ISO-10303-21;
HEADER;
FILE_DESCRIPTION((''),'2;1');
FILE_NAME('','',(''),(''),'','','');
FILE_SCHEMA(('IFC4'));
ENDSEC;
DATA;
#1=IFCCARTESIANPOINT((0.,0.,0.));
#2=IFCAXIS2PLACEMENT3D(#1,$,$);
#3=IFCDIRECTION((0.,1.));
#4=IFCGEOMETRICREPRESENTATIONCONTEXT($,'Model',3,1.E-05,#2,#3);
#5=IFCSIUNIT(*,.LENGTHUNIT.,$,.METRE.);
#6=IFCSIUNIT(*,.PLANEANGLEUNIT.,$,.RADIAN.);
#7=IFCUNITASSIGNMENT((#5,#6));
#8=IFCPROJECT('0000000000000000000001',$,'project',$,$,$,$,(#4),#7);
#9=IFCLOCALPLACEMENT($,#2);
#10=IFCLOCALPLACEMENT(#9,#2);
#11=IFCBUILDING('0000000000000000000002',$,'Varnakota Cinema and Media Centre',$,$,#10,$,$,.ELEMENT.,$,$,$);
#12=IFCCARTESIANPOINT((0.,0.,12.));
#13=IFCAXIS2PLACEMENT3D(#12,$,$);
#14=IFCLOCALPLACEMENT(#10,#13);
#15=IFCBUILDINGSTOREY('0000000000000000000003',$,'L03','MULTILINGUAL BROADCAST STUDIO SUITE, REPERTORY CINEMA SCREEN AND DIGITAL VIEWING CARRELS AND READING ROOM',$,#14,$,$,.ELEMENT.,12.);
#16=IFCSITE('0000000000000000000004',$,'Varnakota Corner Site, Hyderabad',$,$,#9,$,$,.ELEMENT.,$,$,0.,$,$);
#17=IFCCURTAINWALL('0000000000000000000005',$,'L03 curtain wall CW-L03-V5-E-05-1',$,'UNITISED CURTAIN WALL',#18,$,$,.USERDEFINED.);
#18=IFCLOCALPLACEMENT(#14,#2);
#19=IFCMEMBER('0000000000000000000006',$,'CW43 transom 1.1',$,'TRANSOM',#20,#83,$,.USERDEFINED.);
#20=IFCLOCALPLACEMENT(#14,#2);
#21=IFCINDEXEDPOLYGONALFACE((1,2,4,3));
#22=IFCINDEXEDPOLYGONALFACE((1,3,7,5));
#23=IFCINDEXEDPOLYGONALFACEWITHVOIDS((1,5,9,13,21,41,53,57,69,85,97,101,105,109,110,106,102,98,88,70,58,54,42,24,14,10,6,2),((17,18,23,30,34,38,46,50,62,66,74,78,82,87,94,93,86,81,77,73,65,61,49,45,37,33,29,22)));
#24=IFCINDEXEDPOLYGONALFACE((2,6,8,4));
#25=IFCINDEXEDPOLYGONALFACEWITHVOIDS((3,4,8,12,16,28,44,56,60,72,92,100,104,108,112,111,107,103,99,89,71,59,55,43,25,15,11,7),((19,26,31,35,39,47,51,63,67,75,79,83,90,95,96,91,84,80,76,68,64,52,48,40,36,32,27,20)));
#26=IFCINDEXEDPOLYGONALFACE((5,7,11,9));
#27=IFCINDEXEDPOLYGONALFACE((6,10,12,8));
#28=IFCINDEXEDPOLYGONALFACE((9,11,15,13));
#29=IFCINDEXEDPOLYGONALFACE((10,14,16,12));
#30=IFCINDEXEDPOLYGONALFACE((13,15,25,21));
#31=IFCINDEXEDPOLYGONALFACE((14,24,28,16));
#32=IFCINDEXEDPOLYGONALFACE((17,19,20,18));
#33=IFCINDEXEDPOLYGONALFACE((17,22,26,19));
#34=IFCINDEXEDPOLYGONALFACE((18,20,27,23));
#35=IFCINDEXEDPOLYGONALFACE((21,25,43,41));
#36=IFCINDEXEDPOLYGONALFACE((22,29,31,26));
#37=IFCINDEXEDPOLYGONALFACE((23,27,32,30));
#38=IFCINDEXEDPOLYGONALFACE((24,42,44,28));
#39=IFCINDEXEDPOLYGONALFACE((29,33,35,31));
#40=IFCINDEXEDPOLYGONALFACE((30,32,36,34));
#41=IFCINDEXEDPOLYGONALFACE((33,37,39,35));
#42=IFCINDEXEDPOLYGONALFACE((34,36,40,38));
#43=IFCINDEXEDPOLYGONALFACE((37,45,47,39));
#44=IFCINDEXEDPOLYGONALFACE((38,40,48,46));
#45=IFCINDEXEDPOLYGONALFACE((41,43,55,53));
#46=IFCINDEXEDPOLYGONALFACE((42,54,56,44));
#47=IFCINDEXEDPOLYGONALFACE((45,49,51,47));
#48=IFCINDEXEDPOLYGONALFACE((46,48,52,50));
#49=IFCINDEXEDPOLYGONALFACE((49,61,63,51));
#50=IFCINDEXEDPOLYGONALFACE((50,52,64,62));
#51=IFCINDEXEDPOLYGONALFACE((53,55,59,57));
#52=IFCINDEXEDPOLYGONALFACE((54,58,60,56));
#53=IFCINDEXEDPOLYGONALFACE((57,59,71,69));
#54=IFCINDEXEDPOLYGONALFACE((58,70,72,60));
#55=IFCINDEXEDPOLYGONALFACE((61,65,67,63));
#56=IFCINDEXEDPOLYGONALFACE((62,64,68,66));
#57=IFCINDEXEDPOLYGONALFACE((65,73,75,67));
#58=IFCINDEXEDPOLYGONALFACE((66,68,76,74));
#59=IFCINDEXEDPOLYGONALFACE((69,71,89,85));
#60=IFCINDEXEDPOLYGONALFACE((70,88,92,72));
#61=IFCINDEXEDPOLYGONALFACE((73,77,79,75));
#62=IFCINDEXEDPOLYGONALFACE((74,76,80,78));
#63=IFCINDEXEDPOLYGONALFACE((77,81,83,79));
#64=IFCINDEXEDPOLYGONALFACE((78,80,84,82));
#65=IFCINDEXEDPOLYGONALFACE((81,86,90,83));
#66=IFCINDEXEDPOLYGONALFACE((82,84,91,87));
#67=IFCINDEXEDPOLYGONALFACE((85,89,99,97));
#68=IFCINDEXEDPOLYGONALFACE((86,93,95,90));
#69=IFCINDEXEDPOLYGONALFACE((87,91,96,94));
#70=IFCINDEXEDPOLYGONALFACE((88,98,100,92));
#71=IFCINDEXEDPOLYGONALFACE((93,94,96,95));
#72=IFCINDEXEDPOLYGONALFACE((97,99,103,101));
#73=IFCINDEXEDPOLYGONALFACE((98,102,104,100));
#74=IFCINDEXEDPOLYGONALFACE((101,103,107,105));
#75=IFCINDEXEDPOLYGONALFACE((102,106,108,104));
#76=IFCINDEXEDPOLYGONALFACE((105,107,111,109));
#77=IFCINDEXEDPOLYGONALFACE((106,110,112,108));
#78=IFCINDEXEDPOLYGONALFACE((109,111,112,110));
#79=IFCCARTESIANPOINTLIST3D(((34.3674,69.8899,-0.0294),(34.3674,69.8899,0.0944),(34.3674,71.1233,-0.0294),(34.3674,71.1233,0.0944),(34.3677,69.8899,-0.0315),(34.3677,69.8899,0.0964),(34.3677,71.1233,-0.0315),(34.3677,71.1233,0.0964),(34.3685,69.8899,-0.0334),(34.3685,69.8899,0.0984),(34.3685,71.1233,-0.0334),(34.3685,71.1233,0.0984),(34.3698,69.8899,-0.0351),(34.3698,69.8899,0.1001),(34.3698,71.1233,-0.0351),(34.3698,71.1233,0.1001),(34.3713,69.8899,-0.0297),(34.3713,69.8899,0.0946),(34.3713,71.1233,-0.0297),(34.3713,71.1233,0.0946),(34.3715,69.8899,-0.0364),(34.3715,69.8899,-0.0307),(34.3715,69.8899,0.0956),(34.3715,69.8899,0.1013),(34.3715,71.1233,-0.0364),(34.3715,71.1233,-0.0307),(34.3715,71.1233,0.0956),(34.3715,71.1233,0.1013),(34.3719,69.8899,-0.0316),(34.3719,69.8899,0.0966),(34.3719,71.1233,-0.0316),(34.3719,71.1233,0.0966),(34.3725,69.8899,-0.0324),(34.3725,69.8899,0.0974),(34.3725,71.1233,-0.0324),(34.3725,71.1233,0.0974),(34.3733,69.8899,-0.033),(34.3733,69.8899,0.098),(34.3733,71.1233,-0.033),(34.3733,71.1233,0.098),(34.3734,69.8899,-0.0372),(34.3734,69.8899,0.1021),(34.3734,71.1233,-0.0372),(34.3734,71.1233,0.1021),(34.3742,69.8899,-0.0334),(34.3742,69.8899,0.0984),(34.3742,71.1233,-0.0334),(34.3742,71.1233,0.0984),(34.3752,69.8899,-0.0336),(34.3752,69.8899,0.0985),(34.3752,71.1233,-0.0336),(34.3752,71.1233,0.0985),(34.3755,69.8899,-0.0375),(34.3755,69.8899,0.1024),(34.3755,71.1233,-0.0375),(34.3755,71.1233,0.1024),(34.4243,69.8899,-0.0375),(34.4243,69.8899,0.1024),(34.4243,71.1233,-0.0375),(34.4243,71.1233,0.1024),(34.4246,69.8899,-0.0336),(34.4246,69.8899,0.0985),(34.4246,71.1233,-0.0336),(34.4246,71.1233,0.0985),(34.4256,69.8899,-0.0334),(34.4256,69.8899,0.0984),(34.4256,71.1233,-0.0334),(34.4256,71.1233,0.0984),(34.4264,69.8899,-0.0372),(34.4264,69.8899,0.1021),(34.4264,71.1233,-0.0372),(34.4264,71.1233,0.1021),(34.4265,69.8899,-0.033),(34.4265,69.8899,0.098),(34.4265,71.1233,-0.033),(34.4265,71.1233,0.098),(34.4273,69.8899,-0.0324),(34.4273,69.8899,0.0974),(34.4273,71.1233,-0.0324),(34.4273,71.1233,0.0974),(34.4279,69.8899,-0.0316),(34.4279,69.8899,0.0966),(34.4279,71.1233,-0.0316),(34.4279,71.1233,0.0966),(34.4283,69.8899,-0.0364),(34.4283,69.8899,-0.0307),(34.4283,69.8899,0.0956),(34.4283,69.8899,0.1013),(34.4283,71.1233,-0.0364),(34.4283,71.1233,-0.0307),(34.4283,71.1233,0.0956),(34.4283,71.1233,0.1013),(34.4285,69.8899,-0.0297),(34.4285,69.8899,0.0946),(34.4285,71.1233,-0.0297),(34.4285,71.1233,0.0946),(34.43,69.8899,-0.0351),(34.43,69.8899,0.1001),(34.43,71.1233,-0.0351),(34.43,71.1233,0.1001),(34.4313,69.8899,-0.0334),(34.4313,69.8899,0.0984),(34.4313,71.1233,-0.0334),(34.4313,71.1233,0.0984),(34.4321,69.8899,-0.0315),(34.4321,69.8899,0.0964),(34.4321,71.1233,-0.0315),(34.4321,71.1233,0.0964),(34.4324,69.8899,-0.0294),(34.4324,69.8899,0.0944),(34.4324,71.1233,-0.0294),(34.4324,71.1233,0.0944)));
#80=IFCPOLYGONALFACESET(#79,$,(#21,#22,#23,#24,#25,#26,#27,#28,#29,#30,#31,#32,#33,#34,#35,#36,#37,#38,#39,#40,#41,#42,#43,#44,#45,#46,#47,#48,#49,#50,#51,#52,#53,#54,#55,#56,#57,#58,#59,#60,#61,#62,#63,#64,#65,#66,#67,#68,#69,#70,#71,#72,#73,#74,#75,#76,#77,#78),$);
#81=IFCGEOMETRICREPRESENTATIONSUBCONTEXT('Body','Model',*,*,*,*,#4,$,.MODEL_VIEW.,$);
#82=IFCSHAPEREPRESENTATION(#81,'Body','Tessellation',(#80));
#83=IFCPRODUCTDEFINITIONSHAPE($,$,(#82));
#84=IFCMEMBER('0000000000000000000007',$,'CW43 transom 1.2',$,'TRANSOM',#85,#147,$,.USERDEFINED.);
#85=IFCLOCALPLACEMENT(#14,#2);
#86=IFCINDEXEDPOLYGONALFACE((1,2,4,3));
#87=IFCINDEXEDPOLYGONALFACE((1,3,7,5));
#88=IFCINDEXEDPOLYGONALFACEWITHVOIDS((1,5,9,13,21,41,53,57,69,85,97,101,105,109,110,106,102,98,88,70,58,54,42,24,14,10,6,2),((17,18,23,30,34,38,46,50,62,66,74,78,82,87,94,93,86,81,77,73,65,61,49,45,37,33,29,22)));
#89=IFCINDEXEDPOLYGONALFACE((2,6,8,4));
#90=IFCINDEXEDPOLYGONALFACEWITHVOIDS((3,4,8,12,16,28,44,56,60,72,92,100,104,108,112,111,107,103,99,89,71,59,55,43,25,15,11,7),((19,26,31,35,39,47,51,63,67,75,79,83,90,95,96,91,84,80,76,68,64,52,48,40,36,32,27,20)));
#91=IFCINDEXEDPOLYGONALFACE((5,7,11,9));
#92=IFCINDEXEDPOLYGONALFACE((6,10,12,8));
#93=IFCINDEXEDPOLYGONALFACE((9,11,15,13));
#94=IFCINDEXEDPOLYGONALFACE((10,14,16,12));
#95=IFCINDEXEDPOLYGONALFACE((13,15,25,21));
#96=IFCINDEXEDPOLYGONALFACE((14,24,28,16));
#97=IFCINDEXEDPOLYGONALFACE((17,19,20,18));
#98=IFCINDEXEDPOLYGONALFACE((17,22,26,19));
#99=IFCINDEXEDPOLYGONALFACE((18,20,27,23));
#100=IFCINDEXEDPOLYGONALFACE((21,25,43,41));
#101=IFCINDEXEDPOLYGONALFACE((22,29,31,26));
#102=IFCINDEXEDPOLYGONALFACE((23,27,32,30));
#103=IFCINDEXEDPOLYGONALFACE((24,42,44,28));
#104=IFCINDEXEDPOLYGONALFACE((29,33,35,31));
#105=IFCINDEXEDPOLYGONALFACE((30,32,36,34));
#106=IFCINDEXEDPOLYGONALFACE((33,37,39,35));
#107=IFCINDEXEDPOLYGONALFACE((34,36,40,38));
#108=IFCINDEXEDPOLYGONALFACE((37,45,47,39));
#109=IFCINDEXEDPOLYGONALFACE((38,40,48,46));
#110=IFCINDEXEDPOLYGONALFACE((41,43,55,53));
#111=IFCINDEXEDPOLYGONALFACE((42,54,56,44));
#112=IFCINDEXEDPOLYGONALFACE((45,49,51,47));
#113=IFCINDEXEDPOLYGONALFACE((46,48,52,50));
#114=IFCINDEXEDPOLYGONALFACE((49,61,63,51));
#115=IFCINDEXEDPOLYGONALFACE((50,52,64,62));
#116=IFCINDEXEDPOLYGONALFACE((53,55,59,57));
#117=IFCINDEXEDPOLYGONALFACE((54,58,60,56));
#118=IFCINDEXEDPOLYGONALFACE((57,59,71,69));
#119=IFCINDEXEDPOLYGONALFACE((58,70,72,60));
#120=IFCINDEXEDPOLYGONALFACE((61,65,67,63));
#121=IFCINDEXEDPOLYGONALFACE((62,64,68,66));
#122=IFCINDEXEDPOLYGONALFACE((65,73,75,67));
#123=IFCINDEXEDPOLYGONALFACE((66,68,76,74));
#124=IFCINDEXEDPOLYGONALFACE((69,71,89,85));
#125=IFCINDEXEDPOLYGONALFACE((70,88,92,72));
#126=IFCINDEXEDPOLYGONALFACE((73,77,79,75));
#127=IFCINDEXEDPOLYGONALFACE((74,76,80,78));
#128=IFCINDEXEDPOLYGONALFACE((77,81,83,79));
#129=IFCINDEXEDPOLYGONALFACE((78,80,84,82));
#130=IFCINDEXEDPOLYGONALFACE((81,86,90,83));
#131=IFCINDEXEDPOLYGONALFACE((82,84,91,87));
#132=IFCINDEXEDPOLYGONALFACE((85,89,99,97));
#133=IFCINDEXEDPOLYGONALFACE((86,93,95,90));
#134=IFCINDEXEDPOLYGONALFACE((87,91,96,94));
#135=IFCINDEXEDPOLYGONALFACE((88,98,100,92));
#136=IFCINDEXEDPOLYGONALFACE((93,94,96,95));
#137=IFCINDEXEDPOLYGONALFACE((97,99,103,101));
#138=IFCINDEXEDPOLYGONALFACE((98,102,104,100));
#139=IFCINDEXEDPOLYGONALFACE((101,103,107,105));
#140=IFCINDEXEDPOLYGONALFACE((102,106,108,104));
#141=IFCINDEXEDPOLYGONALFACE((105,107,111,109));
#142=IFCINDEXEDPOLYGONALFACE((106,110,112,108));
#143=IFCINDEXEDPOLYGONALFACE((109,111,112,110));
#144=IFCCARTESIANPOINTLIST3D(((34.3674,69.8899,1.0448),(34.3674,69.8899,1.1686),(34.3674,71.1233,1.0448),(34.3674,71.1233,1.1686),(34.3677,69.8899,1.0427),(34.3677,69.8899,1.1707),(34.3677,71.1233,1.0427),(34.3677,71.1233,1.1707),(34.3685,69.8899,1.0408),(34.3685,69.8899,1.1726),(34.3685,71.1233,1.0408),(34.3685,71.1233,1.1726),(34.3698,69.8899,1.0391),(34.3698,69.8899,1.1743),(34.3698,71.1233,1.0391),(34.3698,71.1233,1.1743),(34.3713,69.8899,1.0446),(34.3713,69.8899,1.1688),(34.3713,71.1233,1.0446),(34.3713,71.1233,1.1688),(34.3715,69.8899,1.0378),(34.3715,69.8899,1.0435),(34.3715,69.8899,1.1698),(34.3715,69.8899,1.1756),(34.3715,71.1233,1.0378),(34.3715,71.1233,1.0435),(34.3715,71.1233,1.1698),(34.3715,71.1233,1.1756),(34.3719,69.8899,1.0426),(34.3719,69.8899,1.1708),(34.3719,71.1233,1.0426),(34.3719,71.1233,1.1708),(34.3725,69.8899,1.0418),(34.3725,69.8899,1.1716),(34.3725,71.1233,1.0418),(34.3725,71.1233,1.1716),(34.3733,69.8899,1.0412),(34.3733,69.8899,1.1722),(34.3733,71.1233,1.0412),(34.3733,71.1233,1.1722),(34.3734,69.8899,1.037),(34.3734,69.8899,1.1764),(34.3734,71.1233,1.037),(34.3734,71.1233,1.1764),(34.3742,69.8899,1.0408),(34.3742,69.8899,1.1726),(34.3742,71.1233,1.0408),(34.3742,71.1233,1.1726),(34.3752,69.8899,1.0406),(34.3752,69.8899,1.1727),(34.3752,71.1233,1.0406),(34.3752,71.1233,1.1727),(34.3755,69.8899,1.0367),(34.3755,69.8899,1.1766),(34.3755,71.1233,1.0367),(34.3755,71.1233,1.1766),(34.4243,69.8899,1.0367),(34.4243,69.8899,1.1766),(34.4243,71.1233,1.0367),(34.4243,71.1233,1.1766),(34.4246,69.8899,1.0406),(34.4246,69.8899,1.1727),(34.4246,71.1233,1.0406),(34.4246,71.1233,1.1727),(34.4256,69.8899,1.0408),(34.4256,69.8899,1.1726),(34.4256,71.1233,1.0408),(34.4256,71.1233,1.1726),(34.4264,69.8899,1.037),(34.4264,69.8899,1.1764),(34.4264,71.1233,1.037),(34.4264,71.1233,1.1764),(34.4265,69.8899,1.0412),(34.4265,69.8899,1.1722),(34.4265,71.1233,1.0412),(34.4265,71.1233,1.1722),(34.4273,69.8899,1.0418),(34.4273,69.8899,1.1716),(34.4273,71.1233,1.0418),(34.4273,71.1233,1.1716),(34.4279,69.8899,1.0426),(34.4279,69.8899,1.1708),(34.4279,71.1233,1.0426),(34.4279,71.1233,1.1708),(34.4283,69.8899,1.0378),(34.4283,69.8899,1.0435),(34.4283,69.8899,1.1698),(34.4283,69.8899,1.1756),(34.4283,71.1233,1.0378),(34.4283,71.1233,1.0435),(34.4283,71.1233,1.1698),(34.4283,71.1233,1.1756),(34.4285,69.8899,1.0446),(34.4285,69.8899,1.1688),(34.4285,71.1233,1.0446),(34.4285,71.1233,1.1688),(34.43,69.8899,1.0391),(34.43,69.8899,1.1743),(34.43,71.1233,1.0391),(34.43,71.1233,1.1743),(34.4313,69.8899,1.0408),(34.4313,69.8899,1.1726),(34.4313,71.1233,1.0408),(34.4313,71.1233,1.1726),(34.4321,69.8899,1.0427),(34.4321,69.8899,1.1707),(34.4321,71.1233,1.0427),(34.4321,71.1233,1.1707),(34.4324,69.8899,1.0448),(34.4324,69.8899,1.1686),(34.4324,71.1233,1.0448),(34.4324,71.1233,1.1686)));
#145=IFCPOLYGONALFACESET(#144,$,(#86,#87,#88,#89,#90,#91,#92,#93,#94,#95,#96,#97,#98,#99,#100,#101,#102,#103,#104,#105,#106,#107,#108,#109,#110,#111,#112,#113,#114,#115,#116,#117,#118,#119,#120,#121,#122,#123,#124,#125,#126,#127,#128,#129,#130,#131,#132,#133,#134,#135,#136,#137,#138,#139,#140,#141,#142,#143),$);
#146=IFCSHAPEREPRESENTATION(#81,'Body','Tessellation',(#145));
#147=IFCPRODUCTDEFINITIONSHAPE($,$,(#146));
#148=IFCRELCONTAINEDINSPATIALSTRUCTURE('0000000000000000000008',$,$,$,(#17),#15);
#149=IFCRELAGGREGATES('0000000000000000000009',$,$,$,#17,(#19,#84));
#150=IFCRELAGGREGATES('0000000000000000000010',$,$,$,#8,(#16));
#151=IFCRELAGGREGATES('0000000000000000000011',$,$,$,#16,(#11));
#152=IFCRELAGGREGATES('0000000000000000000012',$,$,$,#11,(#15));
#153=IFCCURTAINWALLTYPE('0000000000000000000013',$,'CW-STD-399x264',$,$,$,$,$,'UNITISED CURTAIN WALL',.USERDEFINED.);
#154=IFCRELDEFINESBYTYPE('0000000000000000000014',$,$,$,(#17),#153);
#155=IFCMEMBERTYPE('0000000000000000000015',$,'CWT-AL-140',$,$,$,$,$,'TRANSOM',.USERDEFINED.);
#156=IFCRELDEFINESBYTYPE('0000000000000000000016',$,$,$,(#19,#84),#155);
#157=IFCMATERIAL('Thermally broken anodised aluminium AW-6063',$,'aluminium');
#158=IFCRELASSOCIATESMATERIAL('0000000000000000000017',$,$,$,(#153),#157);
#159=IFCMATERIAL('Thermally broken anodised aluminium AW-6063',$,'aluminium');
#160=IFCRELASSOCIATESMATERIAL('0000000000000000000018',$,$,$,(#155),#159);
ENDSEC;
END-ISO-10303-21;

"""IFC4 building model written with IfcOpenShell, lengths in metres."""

from ifc_helpers import new_model, si_unit, direction, frame, origin, origin_2d, place, context, subcontext, project, spatial, hollow_rectangle, extrude, material, material_profile, profile_set, type_object, element, aggregate, save


model = new_model("IFC4")

# Units and contexts
model_context = context("Model", 3, precision=1e-05, world=origin(), true_north=direction((0.0, 1.0)))
body_context = subcontext(model_context, "Body", "Model", "MODEL_VIEW")
ifc_project = project(units=[si_unit("LENGTHUNIT", "METRE"), si_unit("PLANEANGLEUNIT", "RADIAN")], contexts=[model_context])

# Site, building, storey
site_placement = place(None, origin())
site = spatial("IfcSite", under=ifc_project, at=site_placement, Name="Varnakota Corner Site, Hyderabad", CompositionType="ELEMENT", RefElevation=0.0)
building_placement = place(site_placement, origin())
building = spatial("IfcBuilding", under=site, at=building_placement, Name="Varnakota Cinema and Media Centre", CompositionType="ELEMENT")
storey_placement = place(building_placement, frame((0.0, 0.0, 12.0)))
storey = spatial("IfcBuildingStorey", under=building, at=storey_placement, Name="L03", Description="MULTILINGUAL BROADCAST STUDIO SUITE, REPERTORY CINEMA SCREEN AND DIGITAL VIEWING CARRELS AND READING ROOM", CompositionType="ELEMENT", Elevation=12.0)

# Curtain wall
ifc_material_1 = material(Name="Thermally broken anodised aluminium AW-6063", Category="aluminium")
curtain_wall_type_1 = type_object("IfcCurtainWallType", Name="CW-STD-399x264", ElementType="UNITISED CURTAIN WALL", PredefinedType="USERDEFINED", material=ifc_material_1)
curtain_wall_1_placement = place(storey_placement, origin())
curtain_wall_1 = element("IfcCurtainWall", 1, at=curtain_wall_1_placement, inside=storey, type_object=curtain_wall_type_1, Name="L03 curtain wall CW-L03-V5-E-05-1", ObjectType="UNITISED CURTAIN WALL", PredefinedType="USERDEFINED")

# Members
ifc_material_2 = material(Name="Thermally broken anodised aluminium AW-6063", Category="aluminium")
ifc_material_profile_1 = material_profile(ifc_material_2, hollow_rectangle(XDim=0.0649, YDim=0.1399, WallThickness=0.0039, InnerFilletRadius=0.0039, OuterFilletRadius=0.0081, at=origin_2d()), Name="AL-TRANSOM 140x65x4")
ifc_profile_set_1 = profile_set([ifc_material_profile_1], Name="Thermally broken anodised aluminium AW-6063")
member_type_1 = type_object("IfcMemberType", Name="CWT-AL-140", ElementType="TRANSOM", PredefinedType="USERDEFINED", material=ifc_profile_set_1)
member_1_placement = place(storey_placement, frame((34.3999, 69.8899, 0.0325), z_axis=(0.0, 1.0, 0.0), x_axis=(-1.0, 0.0, 0.0)))
member_1 = element("IfcMember", 2, at=member_1_placement, type_object=member_type_1, Name="CW43 transom 1.1", ObjectType="TRANSOM", PredefinedType="USERDEFINED", context=body_context, shape_type="SweptSolid", body=[
    extrude(hollow_rectangle(XDim=0.0649, YDim=0.1399, WallThickness=0.0039, InnerFilletRadius=0.0039, OuterFilletRadius=0.0081, at=origin_2d()), origin(), (0.0, 0.0, 1.0), 1.2334),
])
member_2_placement = place(storey_placement, frame((34.3999, 69.8899, 1.1067), z_axis=(0.0, 1.0, 0.0), x_axis=(-1.0, 0.0, 0.0)))
member_2 = element("IfcMember", 3, at=member_2_placement, type_object=member_type_1, Name="CW43 transom 1.2", ObjectType="TRANSOM", PredefinedType="USERDEFINED", context=body_context, shape_type="SweptSolid", body=[
    extrude(hollow_rectangle(XDim=0.0649, YDim=0.1399, WallThickness=0.0039, InnerFilletRadius=0.0039, OuterFilletRadius=0.0081, at=origin_2d()), origin(), (0.0, 0.0, 1.0), 1.2334),
])
aggregate(curtain_wall_1, [member_1, member_2])

save(model, "model.ifc")
